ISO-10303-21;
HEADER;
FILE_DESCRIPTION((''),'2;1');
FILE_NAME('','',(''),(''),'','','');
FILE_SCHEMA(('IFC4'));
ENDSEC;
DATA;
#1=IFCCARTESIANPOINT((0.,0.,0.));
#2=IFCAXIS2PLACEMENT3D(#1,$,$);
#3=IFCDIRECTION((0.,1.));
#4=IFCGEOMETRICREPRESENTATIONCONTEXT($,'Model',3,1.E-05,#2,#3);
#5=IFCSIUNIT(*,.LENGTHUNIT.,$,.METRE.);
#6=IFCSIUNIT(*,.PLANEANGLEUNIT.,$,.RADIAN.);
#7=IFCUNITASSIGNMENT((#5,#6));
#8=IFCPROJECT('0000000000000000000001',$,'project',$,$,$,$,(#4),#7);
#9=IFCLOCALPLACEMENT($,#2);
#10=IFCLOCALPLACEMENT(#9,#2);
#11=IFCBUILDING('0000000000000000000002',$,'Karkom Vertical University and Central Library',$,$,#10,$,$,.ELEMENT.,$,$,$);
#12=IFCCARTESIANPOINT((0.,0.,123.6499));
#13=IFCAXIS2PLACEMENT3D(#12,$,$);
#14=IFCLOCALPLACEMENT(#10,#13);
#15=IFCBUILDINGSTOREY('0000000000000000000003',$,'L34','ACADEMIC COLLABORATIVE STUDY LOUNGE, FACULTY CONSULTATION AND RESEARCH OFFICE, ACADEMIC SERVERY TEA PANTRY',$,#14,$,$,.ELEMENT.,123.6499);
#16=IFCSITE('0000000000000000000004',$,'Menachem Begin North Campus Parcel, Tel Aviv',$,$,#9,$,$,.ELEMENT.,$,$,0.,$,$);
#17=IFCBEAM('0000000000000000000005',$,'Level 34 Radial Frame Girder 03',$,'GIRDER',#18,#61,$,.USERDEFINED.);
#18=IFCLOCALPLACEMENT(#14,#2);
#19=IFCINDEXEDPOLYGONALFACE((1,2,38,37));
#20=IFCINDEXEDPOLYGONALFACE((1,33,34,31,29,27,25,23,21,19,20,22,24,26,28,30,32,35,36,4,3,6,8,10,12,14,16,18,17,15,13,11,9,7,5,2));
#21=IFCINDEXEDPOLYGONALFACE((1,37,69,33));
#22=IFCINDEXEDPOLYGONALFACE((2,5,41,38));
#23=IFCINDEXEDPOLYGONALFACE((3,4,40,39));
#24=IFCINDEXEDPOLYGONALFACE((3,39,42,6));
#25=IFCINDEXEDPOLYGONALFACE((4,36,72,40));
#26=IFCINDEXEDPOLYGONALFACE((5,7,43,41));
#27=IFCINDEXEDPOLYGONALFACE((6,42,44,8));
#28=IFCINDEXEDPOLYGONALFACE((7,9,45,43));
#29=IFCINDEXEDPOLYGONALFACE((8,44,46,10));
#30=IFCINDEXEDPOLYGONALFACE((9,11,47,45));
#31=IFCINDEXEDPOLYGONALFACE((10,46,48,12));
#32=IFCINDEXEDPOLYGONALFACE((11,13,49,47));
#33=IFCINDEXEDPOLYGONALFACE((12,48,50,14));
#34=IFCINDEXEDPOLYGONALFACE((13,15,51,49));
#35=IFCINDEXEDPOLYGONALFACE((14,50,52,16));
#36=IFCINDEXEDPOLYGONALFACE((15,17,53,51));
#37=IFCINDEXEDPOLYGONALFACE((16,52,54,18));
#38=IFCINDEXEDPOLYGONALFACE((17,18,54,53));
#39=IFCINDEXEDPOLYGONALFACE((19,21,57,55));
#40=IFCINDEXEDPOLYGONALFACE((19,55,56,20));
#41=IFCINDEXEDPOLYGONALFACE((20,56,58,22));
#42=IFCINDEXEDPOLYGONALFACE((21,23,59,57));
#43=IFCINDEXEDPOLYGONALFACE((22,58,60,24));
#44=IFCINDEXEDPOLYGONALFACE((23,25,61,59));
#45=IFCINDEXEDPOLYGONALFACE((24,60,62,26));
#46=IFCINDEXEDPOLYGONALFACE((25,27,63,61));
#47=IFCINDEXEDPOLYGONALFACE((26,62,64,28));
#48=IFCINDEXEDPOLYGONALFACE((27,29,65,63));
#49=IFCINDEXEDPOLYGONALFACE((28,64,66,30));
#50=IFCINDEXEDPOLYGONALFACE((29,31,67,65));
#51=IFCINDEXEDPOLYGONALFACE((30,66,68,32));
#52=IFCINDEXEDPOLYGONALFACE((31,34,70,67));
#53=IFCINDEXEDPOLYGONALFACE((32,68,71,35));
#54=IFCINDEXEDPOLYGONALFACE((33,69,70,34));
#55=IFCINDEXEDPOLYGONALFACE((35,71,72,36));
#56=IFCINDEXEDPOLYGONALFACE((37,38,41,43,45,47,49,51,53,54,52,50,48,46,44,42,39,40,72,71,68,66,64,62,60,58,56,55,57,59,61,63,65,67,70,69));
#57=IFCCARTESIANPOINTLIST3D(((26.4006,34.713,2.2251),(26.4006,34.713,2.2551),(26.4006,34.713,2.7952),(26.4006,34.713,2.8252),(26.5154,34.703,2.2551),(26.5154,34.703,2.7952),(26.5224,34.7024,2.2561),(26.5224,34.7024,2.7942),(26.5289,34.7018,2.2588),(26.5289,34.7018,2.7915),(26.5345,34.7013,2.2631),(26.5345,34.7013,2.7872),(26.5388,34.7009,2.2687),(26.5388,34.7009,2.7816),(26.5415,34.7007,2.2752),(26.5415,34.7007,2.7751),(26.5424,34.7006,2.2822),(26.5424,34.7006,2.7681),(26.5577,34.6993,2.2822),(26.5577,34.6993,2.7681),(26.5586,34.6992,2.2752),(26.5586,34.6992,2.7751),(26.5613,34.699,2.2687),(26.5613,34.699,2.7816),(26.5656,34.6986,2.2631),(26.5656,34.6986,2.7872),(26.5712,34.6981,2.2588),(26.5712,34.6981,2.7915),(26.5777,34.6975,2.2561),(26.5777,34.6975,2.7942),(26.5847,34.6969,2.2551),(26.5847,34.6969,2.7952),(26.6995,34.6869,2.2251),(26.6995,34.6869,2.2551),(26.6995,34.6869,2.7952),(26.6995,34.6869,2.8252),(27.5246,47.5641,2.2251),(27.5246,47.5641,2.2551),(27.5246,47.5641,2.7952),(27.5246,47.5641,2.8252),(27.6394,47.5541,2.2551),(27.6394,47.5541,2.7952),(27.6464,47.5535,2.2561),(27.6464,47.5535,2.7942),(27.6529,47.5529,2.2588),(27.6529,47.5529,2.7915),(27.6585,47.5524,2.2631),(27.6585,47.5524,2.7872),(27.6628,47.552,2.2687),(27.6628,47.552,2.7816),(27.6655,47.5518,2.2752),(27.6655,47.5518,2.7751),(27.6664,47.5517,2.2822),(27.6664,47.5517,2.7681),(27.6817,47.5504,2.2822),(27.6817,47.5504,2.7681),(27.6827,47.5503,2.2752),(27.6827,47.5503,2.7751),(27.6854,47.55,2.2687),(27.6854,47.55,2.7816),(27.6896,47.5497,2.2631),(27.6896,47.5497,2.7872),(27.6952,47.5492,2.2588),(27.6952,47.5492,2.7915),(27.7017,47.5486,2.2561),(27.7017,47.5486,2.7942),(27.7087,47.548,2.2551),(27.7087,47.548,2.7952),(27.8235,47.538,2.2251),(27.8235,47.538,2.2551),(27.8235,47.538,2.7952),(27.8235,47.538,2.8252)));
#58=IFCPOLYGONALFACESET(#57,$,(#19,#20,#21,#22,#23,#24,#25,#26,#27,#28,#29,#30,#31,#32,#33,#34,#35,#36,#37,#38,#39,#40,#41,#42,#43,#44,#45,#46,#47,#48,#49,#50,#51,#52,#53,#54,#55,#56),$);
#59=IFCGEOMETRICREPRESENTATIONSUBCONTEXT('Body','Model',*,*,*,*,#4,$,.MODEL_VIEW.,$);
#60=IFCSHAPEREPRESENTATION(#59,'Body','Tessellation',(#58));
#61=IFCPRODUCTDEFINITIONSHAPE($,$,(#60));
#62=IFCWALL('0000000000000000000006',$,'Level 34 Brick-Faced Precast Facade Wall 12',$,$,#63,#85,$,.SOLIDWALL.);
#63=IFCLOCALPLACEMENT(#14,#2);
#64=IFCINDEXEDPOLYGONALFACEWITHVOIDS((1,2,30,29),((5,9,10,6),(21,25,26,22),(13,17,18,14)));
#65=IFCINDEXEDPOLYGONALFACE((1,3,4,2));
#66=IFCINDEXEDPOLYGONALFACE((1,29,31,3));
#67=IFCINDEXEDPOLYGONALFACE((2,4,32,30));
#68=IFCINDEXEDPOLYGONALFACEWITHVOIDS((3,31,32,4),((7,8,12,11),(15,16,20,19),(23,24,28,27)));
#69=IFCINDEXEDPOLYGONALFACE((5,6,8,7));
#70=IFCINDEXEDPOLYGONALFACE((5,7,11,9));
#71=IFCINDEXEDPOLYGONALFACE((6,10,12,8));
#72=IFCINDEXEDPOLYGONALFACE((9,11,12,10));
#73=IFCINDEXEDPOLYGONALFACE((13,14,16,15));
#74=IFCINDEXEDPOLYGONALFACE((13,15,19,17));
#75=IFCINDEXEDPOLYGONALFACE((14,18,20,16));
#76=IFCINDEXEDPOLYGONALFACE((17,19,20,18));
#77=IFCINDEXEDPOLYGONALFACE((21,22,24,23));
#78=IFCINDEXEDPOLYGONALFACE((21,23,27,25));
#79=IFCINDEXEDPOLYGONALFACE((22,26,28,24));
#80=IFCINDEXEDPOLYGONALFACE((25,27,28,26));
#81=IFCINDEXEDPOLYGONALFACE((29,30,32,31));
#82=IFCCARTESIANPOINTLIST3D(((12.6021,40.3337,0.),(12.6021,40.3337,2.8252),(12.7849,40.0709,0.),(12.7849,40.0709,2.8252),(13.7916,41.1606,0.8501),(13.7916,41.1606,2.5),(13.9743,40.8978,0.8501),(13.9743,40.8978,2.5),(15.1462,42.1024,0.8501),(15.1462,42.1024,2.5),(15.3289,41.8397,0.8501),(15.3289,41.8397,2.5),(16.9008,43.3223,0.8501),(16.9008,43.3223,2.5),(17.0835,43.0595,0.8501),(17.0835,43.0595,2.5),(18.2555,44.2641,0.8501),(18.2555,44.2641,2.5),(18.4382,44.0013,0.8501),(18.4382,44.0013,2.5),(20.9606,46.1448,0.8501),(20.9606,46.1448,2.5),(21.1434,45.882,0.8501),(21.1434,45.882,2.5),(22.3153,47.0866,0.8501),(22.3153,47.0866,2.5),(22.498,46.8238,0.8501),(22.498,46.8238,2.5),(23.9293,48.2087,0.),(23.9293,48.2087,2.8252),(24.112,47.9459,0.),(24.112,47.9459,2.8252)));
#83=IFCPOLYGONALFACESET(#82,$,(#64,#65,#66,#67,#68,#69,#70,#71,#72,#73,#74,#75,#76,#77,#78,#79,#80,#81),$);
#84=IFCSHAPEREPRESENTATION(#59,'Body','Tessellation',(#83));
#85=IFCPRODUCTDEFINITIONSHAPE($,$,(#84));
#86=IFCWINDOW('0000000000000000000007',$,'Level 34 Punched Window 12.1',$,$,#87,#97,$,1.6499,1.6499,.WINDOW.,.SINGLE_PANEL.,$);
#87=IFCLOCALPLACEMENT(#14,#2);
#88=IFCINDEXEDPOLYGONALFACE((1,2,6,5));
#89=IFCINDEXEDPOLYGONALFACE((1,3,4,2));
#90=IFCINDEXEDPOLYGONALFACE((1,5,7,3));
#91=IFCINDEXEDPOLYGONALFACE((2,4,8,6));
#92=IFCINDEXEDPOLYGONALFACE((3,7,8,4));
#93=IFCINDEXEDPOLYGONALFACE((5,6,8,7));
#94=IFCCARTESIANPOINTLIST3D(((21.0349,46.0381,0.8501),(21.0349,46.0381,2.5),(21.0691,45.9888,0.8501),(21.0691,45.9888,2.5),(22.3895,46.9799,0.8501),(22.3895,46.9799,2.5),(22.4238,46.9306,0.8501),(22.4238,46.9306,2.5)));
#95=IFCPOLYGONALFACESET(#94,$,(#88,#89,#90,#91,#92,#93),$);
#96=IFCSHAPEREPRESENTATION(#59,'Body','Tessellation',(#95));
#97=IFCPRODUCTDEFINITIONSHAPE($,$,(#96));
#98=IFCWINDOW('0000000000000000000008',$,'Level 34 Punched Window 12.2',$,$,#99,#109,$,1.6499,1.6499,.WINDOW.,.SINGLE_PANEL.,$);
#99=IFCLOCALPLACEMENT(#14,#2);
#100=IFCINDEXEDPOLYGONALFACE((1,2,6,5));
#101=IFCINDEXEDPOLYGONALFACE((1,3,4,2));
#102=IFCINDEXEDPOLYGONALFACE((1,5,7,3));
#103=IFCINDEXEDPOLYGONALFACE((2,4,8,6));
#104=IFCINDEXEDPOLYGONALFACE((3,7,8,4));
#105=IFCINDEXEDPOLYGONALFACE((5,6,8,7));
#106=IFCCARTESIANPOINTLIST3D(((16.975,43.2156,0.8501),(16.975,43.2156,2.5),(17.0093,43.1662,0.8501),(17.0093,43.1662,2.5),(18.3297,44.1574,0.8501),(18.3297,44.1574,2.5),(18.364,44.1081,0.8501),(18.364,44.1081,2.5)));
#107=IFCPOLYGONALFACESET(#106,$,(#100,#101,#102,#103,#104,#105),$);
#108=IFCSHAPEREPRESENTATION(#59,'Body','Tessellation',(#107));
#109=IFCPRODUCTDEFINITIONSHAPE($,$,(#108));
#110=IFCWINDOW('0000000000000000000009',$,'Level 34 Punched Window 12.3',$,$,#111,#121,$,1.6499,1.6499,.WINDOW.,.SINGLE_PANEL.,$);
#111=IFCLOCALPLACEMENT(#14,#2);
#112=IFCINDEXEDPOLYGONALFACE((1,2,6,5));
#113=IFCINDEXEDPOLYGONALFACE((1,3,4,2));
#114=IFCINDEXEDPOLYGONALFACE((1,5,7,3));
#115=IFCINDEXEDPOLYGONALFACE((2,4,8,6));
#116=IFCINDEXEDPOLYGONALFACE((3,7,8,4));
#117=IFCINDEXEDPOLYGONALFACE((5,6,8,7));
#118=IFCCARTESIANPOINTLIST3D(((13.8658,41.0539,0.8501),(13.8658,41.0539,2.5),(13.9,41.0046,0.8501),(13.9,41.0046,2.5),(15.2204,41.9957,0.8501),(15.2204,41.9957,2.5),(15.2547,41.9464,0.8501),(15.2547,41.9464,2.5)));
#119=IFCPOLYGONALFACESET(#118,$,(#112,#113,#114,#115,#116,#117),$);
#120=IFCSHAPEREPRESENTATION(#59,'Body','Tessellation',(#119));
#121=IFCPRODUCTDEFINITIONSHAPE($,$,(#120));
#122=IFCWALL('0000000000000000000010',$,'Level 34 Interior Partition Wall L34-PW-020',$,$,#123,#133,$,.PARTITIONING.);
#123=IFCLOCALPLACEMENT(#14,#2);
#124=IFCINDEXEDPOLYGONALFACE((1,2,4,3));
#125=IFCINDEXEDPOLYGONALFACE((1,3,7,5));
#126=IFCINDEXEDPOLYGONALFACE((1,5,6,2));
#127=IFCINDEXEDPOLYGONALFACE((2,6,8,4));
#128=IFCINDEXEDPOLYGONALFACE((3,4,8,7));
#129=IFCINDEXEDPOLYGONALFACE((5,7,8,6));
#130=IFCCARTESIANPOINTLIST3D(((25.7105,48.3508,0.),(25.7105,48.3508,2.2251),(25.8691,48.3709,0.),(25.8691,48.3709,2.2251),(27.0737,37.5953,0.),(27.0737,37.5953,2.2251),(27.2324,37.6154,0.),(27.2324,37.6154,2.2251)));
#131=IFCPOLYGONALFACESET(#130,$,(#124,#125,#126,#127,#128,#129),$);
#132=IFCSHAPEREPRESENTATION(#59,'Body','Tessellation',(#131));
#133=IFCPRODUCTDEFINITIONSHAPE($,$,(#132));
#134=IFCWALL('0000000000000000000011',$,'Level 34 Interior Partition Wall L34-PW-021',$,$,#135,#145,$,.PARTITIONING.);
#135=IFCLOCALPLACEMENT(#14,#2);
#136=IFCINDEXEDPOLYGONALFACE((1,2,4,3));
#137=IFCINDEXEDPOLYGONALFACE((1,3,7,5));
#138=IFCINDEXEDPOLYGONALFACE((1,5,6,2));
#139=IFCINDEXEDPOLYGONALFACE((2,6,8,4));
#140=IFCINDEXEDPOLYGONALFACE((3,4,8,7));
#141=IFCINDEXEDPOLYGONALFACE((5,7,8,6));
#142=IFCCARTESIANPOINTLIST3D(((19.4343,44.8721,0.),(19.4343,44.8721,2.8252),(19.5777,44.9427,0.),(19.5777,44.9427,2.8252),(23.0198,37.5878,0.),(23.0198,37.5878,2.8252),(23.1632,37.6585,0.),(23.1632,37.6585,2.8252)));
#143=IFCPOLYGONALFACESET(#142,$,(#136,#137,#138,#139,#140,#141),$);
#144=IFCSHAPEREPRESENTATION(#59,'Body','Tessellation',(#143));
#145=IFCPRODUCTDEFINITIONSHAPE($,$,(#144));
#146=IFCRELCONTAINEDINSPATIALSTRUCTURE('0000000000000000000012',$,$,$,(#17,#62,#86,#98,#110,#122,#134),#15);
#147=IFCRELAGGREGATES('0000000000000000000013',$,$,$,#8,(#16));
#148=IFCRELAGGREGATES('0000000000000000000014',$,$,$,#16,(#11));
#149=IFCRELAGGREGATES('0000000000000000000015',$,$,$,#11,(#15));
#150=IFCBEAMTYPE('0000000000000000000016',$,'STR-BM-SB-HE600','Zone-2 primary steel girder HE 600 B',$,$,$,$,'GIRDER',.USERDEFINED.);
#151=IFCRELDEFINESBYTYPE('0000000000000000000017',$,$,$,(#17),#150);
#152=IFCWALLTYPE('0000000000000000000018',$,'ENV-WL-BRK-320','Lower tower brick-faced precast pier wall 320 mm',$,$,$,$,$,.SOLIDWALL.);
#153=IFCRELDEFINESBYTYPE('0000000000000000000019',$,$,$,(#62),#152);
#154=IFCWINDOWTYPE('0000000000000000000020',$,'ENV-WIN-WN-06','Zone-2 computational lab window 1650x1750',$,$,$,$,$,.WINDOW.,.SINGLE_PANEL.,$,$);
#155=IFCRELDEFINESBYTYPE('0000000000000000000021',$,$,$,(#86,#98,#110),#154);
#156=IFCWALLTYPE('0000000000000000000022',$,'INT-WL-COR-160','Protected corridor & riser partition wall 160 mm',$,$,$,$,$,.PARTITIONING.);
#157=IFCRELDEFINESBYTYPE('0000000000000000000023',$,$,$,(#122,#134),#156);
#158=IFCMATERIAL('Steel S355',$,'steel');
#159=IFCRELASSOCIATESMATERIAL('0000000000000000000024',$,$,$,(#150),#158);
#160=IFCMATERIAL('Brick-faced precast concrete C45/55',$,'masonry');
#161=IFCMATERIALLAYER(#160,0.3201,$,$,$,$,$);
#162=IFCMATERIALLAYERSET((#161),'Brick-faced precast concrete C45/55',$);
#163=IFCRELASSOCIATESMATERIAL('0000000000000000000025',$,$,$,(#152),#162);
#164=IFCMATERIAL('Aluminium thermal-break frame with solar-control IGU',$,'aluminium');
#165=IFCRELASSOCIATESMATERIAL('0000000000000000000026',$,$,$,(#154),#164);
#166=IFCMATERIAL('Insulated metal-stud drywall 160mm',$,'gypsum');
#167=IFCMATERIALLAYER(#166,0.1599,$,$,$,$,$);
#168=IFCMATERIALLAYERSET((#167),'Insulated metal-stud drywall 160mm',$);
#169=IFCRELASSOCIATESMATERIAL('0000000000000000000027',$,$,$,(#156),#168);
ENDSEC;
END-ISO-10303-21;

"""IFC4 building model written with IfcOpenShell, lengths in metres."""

from ifc_helpers import new_model, si_unit, direction, frame, frame_2d, origin, origin_with_axes, origin_2d, place, context, subcontext, project, spatial, rectangle, i_section, extrude, source, transform, mapped, material, layer, layer_set, material_profile, profile_set, type_object, element, fill, save


model = new_model("IFC4")

# Units and contexts
model_context = context("Model", 3, precision=1e-05, world=origin(), true_north=direction((0.0, 1.0)))
body_context = subcontext(model_context, "Body", "Model", "MODEL_VIEW")
ifc_project = project(units=[si_unit("LENGTHUNIT", "METRE"), si_unit("PLANEANGLEUNIT", "RADIAN")], contexts=[model_context])

# Site, building, storey
site_placement = place(None, origin())
site = spatial("IfcSite", under=ifc_project, at=site_placement, Name="Menachem Begin North Campus Parcel, Tel Aviv", CompositionType="ELEMENT", RefElevation=0.0)
building_placement = place(site_placement, origin())
building = spatial("IfcBuilding", under=site, at=building_placement, Name="Karkom Vertical University and Central Library", CompositionType="ELEMENT")
storey_placement = place(building_placement, frame((0.0, 0.0, 123.6499)))
storey = spatial("IfcBuildingStorey", under=building, at=storey_placement, Name="L34", Description="ACADEMIC COLLABORATIVE STUDY LOUNGE, FACULTY CONSULTATION AND RESEARCH OFFICE, ACADEMIC SERVERY TEA PANTRY", CompositionType="ELEMENT", Elevation=123.6499)

# Beam
ifc_material_1 = material(Name="Steel S355", Category="steel")
ifc_material_profile_1 = material_profile(ifc_material_1, i_section(OverallWidth=0.3, OverallDepth=0.6001, WebThickness=0.0154, FlangeThickness=0.03, FilletRadius=0.0271, at=origin_2d()), Name="HE 600 B")
ifc_profile_set_1 = profile_set([ifc_material_profile_1], Name="Steel S355")
beam_type_1 = type_object("IfcBeamType", Name="STR-BM-SB-HE600", Description="Zone-2 primary steel girder HE 600 B", ElementType="GIRDER", PredefinedType="USERDEFINED", material=ifc_profile_set_1)
shared_shape_1 = source(origin_with_axes(), body_context, "Body", "SweptSolid", [
    extrude(i_section(OverallWidth=0.3, OverallDepth=0.6001, WebThickness=0.0154, FlangeThickness=0.03, FilletRadius=0.0271, at=origin_2d()), origin(), (0.0, 0.0, 1.0), 12.9001),
])
beam_1_placement = place(storey_placement, frame((26.55, 34.7, 2.5251), z_axis=(0.087133, 0.996197, 0.0), x_axis=(-0.996197, 0.087133, 0.0)))
element("IfcBeam", 1, at=beam_1_placement, inside=storey, type_object=beam_type_1, Name="Level 34 Radial Frame Girder 03", ObjectType="GIRDER", PredefinedType="USERDEFINED", context=body_context, shape_type="MappedRepresentation", body=[
    mapped(shared_shape_1, transform((0.0, 0.0, 0.0), scale=1.0)),
])

# Wall, openings, windows
ifc_material_2 = material(Name="Brick-faced precast concrete C45/55", Category="masonry")
ifc_layer_1 = layer(ifc_material_2, 0.3201)
ifc_layer_set_1 = layer_set([ifc_layer_1], Name="Brick-faced precast concrete C45/55")
wall_type_1 = type_object("IfcWallType", Name="ENV-WL-BRK-320", Description="Lower tower brick-faced precast pier wall 320 mm", PredefinedType="SOLIDWALL", material=ifc_layer_set_1)
wall_1_placement = place(storey_placement, frame((24.0208, 48.0774, 0.0), z_axis=(0.0, 0.0, 1.0), x_axis=(-0.821067, -0.570832, 0.0)))
wall_1 = element("IfcWall", 2, at=wall_1_placement, inside=storey, type_object=wall_type_1, Name="Level 34 Brick-Faced Precast Facade Wall 12", PredefinedType="SOLIDWALL", context=body_context, shape_type="SweptSolid", body=[
    extrude(rectangle(XDim=13.7957, YDim=0.3201, at=frame_2d((6.8979, 0.0))), origin(), (0.0, 0.0, 1.0), 2.8252),
])
opening_1_placement = place(wall_1_placement, frame((1.9658, 0.0, 0.8501)))
opening_1 = element("IfcOpeningElement", 3, at=opening_1_placement, cuts=wall_1, PredefinedType="OPENING", context=body_context, shape_type="SweptSolid", body=[
    extrude(rectangle(XDim=1.6499, YDim=1.6499, at=frame_2d((0.825, 0.825))), frame((0.0, 0.1699, 0.0), z_axis=(0.0, -1.0, 0.0), x_axis=(1.0, 0.0, 0.0)), (0.0, 0.0, 1.0), 0.3401),
])
opening_2_placement = place(wall_1_placement, frame((6.9104, 0.0, 0.8501)))
opening_2 = element("IfcOpeningElement", 4, at=opening_2_placement, cuts=wall_1, PredefinedType="OPENING", context=body_context, shape_type="SweptSolid", body=[
    extrude(rectangle(XDim=1.6499, YDim=1.6499, at=frame_2d((0.825, 0.825))), frame((0.0, 0.1699, 0.0), z_axis=(0.0, -1.0, 0.0), x_axis=(1.0, 0.0, 0.0)), (0.0, 0.0, 1.0), 0.3401),
])
opening_3_placement = place(wall_1_placement, frame((10.6973, 0.0, 0.8501)))
opening_3 = element("IfcOpeningElement", 5, at=opening_3_placement, cuts=wall_1, PredefinedType="OPENING", context=body_context, shape_type="SweptSolid", body=[
    extrude(rectangle(XDim=1.6499, YDim=1.6499, at=frame_2d((0.825, 0.825))), frame((0.0, 0.1699, 0.0), z_axis=(0.0, -1.0, 0.0), x_axis=(1.0, 0.0, 0.0)), (0.0, 0.0, 1.0), 0.3401),
])
ifc_material_3 = material(Name="Aluminium thermal-break frame with solar-control IGU", Category="aluminium")
window_type = type_object("IfcWindowType", Name="ENV-WIN-WN-06", Description="Zone-2 computational lab window 1650x1750", PartitioningType="SINGLE_PANEL", PredefinedType="WINDOW", material=ifc_material_3)
shared_shape_2 = source(origin_with_axes(), body_context, "Body", "SweptSolid", [
    extrude(rectangle(XDim=1.6499, YDim=1.6499, at=frame_2d((0.825, 0.825))), frame((0.0, 0.03, 0.0), z_axis=(0.0, -1.0, 0.0), x_axis=(1.0, 0.0, 0.0)), (0.0, 0.0, 1.0), 0.0601),
])
window_1_placement = place(opening_1_placement, origin())
window_1 = element("IfcWindow", 6, at=window_1_placement, inside=storey, type_object=window_type, Name="Level 34 Punched Window 12.1", OverallHeight=1.6499, OverallWidth=1.6499, PartitioningType="SINGLE_PANEL", PredefinedType="WINDOW", context=body_context, shape_type="MappedRepresentation", body=[
    mapped(shared_shape_2, transform((0.0, 0.0, 0.0), scale=1.0)),
])
fill(opening_1, window_1)
window_2_placement = place(opening_2_placement, origin())
window_2 = element("IfcWindow", 7, at=window_2_placement, inside=storey, type_object=window_type, Name="Level 34 Punched Window 12.2", OverallHeight=1.6499, OverallWidth=1.6499, PartitioningType="SINGLE_PANEL", PredefinedType="WINDOW", context=body_context, shape_type="MappedRepresentation", body=[
    mapped(shared_shape_2, transform((0.0, 0.0, 0.0), scale=1.0)),
])
fill(opening_2, window_2)
window_3_placement = place(opening_3_placement, origin())
window_3 = element("IfcWindow", 8, at=window_3_placement, inside=storey, type_object=window_type, Name="Level 34 Punched Window 12.3", OverallHeight=1.6499, OverallWidth=1.6499, PartitioningType="SINGLE_PANEL", PredefinedType="WINDOW", context=body_context, shape_type="MappedRepresentation", body=[
    mapped(shared_shape_2, transform((0.0, 0.0, 0.0), scale=1.0)),
])
fill(opening_3, window_3)

# Walls
ifc_material_4 = material(Name="Insulated metal-stud drywall 160mm", Category="gypsum")
ifc_layer_2 = layer(ifc_material_4, 0.1599)
ifc_layer_set_2 = layer_set([ifc_layer_2], Name="Insulated metal-stud drywall 160mm")
wall_type_2 = type_object("IfcWallType", Name="INT-WL-COR-160", Description="Protected corridor & riser partition wall 160 mm", PredefinedType="PARTITIONING", material=ifc_layer_set_2)
wall_2_placement = place(storey_placement, frame((27.1531, 37.6052, 0.0), z_axis=(0.0, 0.0, 1.0), x_axis=(-0.125745, 0.992063, 0.0)))
element("IfcWall", 9, at=wall_2_placement, inside=storey, type_object=wall_type_2, Name="Level 34 Interior Partition Wall L34-PW-020", PredefinedType="PARTITIONING", context=body_context, shape_type="SweptSolid", body=[
    extrude(rectangle(XDim=10.8416, YDim=0.1599, at=frame_2d((5.4209, 0.0))), origin(), (0.0, 0.0, 1.0), 2.2251),
])
wall_3_placement = place(storey_placement, frame((23.0916, 37.623, 0.0), z_axis=(0.0, 0.0, 1.0), x_axis=(-0.441624, 0.8972, 0.0)))
element("IfcWall", 10, at=wall_3_placement, inside=storey, type_object=wall_type_2, Name="Level 34 Interior Partition Wall L34-PW-021", PredefinedType="PARTITIONING", context=body_context, shape_type="SweptSolid", body=[
    extrude(rectangle(XDim=8.1189, YDim=0.1599, at=frame_2d((4.0596, 0.0))), origin(), (0.0, 0.0, 1.0), 2.8252),
])

save(model, "model.ifc")
